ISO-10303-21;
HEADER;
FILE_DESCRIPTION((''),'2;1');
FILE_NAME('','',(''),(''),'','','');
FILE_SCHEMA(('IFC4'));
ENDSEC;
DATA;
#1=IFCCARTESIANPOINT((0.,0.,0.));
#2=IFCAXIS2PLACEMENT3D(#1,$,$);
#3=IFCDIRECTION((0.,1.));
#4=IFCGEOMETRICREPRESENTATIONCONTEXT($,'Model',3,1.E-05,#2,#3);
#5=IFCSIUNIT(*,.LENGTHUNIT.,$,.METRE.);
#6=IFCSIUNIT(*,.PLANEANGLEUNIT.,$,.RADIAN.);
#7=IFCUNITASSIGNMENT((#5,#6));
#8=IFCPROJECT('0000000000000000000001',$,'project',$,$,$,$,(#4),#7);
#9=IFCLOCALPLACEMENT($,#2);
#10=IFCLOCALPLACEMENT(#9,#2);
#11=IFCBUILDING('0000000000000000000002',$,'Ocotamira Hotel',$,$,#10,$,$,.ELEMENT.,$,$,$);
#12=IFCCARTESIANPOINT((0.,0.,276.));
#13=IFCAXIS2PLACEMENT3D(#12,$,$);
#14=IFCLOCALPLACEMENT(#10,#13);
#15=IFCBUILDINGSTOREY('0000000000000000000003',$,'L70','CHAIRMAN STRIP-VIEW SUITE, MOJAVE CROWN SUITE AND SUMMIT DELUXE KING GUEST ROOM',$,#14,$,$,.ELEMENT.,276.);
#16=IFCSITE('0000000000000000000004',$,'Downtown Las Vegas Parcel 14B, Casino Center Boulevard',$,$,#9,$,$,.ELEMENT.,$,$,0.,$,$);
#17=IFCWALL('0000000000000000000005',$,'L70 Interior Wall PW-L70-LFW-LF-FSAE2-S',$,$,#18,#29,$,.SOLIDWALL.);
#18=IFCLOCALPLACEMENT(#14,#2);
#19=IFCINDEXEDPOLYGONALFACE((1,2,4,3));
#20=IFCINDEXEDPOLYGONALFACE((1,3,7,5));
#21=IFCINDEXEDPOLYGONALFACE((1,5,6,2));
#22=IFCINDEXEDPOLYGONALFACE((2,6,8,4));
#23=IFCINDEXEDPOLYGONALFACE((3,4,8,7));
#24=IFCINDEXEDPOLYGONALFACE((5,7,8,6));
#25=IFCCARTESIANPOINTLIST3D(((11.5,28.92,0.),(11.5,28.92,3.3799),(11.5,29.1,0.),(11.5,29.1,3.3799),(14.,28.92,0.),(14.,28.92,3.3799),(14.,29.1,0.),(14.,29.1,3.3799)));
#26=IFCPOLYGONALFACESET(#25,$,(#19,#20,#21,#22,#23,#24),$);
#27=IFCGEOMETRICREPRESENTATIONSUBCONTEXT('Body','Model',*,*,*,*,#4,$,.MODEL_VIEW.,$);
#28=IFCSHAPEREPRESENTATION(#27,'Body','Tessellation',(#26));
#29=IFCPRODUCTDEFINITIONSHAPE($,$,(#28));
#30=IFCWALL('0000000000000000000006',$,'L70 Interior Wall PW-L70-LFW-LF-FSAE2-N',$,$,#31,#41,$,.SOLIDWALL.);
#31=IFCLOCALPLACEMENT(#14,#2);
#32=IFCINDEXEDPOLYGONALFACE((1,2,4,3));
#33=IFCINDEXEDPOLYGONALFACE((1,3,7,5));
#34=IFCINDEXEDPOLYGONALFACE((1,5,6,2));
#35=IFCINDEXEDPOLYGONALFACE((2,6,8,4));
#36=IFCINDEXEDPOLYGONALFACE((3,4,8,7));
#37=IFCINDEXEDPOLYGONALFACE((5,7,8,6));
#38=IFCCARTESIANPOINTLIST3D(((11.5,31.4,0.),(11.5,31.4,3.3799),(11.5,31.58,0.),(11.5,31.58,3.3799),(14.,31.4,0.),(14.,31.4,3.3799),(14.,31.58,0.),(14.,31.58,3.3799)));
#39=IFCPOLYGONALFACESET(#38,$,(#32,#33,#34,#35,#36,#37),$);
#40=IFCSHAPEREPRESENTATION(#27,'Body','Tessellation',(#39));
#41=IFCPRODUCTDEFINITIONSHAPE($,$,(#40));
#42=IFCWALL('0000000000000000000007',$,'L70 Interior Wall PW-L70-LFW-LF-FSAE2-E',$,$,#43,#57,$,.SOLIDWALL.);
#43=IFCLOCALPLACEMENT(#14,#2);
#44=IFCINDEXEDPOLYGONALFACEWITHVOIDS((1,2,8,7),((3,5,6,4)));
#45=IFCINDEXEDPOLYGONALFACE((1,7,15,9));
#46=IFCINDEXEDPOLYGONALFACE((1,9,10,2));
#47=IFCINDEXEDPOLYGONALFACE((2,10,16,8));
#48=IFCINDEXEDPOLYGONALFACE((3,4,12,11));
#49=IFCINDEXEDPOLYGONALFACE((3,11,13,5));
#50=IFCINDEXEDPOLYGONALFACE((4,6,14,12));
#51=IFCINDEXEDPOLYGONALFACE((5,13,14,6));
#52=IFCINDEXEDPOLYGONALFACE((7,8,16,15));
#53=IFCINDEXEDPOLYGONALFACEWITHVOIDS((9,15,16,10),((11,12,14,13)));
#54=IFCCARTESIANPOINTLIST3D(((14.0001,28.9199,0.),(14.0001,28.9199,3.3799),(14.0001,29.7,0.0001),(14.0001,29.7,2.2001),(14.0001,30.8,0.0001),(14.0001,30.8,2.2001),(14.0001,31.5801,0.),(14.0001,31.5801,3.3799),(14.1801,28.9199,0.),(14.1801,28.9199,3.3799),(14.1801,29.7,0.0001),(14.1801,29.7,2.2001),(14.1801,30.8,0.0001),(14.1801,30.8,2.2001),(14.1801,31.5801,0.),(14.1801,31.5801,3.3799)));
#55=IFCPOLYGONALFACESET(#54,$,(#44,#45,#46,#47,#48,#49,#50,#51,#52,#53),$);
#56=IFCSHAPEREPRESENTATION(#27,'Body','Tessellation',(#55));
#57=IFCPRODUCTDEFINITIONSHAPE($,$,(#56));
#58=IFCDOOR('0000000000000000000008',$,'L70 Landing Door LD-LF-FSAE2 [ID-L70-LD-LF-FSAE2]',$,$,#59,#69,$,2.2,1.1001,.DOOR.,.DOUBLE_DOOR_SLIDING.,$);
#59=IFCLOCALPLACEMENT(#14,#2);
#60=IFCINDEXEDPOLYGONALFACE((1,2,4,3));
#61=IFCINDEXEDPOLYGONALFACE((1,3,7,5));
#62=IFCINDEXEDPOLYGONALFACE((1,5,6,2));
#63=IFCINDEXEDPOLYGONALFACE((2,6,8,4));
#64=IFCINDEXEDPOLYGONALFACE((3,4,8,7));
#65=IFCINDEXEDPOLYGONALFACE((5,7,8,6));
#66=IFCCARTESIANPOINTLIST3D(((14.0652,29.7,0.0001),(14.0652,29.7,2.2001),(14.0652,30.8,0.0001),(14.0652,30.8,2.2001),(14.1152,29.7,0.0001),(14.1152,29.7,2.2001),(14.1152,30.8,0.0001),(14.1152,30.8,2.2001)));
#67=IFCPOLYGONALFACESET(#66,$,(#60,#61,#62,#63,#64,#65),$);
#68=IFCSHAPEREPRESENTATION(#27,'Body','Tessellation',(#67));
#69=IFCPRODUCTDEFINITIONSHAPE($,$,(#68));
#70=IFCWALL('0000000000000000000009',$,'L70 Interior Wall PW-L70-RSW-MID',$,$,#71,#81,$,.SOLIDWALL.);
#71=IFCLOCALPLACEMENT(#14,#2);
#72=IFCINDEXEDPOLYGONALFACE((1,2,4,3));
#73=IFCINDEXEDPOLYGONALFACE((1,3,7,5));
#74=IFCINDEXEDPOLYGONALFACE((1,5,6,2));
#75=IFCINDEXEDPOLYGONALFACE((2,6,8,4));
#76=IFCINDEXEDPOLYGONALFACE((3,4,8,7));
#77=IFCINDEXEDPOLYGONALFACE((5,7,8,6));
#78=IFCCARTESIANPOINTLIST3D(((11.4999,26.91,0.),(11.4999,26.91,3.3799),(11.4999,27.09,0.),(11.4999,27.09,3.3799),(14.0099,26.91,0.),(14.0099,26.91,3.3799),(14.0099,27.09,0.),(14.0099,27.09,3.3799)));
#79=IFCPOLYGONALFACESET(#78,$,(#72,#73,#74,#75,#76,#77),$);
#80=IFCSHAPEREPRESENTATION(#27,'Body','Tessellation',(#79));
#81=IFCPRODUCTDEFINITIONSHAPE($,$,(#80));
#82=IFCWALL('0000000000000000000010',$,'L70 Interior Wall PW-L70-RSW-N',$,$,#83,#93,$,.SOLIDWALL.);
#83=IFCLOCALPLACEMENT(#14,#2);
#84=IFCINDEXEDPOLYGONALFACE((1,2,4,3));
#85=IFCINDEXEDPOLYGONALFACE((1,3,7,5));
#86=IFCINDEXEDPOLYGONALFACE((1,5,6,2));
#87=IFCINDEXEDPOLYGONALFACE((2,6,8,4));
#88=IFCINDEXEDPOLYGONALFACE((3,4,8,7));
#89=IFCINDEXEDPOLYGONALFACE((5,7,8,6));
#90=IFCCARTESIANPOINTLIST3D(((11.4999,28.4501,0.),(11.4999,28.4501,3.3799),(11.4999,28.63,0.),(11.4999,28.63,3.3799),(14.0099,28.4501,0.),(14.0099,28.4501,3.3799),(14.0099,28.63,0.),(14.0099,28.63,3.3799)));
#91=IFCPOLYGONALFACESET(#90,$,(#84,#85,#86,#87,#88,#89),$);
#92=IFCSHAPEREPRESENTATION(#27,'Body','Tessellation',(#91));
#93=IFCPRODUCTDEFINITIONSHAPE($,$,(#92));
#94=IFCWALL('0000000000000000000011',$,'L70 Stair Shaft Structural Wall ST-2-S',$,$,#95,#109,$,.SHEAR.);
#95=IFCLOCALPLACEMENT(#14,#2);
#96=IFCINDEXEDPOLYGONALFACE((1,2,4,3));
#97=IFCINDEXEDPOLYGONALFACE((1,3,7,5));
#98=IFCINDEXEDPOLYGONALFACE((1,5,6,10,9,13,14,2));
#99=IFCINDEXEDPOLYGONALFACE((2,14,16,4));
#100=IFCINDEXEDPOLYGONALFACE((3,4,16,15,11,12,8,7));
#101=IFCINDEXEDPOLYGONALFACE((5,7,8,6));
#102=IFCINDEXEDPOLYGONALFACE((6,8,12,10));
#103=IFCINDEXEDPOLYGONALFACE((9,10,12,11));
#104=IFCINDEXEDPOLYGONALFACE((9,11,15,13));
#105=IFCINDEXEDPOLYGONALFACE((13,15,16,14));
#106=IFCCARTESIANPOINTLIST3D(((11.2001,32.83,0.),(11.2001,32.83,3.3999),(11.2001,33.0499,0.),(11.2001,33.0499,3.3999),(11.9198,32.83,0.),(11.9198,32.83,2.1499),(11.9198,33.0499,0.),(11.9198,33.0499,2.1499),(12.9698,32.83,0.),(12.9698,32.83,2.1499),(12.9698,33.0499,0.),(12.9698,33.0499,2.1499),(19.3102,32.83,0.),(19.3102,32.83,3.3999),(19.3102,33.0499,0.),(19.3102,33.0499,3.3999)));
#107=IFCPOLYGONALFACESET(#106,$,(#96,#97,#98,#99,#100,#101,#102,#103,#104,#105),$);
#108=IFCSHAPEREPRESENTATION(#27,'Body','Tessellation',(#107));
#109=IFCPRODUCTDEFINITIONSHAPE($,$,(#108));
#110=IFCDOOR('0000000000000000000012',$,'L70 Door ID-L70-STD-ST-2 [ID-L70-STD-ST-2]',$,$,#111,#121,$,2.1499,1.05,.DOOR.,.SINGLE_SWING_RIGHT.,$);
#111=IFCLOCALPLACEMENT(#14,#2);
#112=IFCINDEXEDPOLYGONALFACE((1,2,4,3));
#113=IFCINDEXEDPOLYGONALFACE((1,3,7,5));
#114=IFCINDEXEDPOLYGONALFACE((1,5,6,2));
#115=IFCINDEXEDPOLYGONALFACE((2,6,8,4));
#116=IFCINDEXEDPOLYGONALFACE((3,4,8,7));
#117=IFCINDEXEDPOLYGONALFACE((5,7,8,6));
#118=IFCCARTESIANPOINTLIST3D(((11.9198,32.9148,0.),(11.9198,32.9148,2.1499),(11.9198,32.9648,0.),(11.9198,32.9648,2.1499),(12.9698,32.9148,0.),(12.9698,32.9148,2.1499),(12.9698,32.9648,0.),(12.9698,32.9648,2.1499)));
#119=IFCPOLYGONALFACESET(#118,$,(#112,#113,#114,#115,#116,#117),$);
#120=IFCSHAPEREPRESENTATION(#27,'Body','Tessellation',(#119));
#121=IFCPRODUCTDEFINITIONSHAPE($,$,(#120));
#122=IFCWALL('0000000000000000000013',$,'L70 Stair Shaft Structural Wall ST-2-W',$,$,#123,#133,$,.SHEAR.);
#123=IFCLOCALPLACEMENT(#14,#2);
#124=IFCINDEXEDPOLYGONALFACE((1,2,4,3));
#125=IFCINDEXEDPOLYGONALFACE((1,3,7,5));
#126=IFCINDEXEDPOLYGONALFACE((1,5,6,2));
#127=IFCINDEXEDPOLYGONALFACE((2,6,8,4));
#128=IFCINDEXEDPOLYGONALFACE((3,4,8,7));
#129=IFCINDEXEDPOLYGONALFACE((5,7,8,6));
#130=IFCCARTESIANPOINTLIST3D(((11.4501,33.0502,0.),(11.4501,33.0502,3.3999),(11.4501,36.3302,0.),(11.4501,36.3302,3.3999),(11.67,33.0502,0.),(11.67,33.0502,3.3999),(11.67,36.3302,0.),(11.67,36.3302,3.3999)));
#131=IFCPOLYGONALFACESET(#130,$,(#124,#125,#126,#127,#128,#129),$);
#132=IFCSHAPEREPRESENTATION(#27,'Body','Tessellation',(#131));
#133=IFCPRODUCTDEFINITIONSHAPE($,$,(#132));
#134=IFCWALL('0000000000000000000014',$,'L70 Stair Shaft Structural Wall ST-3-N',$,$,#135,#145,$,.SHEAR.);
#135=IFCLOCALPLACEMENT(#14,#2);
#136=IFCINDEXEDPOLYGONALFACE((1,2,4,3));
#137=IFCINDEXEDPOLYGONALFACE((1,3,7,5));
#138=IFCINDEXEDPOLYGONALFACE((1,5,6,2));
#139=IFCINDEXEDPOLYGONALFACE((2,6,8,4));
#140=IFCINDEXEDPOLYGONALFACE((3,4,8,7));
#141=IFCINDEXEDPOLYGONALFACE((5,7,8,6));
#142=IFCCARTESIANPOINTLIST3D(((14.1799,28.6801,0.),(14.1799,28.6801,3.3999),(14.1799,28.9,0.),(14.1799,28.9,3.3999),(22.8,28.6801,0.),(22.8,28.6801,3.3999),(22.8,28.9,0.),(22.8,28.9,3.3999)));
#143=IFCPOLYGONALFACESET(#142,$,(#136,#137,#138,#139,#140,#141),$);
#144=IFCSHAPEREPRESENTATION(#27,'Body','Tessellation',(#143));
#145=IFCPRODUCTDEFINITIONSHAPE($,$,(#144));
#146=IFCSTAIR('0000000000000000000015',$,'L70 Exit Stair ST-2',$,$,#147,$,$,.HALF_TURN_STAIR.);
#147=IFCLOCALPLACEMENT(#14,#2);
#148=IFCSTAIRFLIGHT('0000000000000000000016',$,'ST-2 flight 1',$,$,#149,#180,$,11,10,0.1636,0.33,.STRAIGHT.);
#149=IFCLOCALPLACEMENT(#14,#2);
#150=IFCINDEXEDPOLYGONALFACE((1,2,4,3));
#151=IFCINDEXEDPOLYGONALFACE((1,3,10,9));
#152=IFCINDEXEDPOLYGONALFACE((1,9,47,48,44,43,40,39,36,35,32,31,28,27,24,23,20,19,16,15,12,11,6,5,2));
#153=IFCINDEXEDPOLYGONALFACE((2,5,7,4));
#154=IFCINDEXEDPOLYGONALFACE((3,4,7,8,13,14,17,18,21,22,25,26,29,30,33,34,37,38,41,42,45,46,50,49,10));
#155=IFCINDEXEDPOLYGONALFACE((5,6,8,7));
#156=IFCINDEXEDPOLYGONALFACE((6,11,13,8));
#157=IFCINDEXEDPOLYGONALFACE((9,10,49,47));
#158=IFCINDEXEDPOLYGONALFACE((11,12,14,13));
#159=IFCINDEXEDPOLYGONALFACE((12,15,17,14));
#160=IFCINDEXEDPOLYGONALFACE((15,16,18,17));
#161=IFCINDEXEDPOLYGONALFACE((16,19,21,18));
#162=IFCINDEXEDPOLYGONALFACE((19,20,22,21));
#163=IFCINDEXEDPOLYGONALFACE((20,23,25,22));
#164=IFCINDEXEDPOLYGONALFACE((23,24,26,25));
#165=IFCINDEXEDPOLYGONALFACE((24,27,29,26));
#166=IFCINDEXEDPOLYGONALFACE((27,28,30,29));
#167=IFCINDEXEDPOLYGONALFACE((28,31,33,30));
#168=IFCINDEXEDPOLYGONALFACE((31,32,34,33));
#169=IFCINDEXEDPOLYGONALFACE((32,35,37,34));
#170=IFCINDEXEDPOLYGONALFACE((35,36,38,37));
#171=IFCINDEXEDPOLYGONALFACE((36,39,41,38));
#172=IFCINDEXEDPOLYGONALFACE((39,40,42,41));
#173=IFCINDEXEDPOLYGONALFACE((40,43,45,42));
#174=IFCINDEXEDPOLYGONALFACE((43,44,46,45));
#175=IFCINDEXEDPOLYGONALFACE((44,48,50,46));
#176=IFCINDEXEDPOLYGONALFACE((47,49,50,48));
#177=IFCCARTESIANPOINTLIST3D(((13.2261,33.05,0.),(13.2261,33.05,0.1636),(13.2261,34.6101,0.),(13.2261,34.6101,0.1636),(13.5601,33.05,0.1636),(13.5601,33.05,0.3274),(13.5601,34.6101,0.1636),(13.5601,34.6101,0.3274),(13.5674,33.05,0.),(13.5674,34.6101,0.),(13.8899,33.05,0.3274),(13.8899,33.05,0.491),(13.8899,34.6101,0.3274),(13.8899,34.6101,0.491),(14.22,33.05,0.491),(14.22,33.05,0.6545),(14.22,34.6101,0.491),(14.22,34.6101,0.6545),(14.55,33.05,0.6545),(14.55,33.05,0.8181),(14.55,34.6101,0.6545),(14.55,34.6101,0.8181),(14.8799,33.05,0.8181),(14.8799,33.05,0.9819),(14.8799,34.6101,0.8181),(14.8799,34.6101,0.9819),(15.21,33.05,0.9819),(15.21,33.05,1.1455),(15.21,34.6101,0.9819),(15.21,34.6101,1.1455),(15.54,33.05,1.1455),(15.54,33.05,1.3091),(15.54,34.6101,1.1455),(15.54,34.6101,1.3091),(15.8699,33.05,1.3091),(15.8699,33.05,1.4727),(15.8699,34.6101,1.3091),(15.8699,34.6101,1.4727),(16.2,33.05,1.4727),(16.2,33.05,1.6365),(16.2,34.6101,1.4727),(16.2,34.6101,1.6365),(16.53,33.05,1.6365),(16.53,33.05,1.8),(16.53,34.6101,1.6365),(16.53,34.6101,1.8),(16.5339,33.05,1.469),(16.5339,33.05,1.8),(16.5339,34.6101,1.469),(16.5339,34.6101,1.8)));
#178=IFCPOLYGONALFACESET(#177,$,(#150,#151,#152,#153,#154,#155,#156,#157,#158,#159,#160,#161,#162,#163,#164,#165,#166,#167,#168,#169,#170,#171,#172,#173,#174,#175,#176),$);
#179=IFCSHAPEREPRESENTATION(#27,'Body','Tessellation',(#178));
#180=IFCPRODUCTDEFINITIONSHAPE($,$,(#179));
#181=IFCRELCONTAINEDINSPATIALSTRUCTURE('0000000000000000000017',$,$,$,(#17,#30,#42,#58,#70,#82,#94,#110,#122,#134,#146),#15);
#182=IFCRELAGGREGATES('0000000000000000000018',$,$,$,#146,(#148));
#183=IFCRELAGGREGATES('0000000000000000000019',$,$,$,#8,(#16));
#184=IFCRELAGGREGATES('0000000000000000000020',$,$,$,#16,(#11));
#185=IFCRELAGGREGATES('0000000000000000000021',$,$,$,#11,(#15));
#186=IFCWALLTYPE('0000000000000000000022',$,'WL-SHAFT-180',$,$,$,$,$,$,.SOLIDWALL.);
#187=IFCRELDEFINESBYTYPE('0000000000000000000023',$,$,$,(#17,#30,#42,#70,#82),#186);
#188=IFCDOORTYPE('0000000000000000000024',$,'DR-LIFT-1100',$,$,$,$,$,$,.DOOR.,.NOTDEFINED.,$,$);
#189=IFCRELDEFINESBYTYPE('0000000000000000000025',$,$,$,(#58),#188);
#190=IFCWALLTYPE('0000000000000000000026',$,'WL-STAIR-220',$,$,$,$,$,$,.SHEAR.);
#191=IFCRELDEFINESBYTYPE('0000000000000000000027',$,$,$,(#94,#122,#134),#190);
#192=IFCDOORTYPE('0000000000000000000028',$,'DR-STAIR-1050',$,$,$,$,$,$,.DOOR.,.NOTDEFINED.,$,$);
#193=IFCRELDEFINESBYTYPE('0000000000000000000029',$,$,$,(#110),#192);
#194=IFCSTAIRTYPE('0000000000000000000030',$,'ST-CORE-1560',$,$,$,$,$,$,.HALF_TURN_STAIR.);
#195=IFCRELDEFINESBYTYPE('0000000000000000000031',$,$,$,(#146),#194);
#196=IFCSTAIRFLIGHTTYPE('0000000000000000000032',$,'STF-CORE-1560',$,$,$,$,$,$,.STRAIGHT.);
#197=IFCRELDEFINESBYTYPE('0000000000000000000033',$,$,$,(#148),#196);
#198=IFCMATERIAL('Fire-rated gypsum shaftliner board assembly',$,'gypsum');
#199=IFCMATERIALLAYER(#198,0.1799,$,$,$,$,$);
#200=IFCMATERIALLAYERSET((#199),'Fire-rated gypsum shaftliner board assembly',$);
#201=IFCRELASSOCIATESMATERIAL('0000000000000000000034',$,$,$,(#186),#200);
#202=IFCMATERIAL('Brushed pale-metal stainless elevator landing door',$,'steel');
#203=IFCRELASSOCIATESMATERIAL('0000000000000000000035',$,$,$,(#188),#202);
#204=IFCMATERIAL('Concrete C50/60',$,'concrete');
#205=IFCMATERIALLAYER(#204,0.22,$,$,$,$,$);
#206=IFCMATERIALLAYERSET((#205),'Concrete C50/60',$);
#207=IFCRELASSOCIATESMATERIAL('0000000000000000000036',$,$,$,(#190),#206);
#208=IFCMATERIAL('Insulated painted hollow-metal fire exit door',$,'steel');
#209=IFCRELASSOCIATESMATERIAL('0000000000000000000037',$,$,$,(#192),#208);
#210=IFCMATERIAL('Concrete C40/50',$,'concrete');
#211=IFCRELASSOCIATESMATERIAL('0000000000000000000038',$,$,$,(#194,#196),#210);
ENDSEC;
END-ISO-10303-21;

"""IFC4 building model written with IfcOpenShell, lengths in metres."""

from ifc_helpers import new_model, si_unit, direction, frame, frame_2d, origin, place, context, subcontext, project, spatial, polyline, rectangle, outline, extrude, source, transform, mapped, material, layer, layer_set, type_object, element, fill, aggregate, save


model = new_model("IFC4")

# Units and contexts
model_context = context("Model", 3, precision=1e-05, world=origin(), true_north=direction((0.0, 1.0)))
body_context = subcontext(model_context, "Body", "Model", "MODEL_VIEW")
ifc_project = project(units=[si_unit("LENGTHUNIT", "METRE"), si_unit("PLANEANGLEUNIT", "RADIAN")], contexts=[model_context])

# Site, building, storey
site_placement = place(None, origin())
site = spatial("IfcSite", under=ifc_project, at=site_placement, Name="Downtown Las Vegas Parcel 14B, Casino Center Boulevard", CompositionType="ELEMENT", RefElevation=0.0)
building_placement = place(site_placement, origin())
building = spatial("IfcBuilding", under=site, at=building_placement, Name="Ocotamira Hotel", CompositionType="ELEMENT")
storey_placement = place(building_placement, frame((0.0, 0.0, 276.0)))
storey = spatial("IfcBuildingStorey", under=building, at=storey_placement, Name="L70", Description="CHAIRMAN STRIP-VIEW SUITE, MOJAVE CROWN SUITE AND SUMMIT DELUXE KING GUEST ROOM", CompositionType="ELEMENT", Elevation=276.0)

# Walls
ifc_material_1 = material(Name="Fire-rated gypsum shaftliner board assembly", Category="gypsum")
ifc_layer_1 = layer(ifc_material_1, 0.1799)
ifc_layer_set_1 = layer_set([ifc_layer_1], Name="Fire-rated gypsum shaftliner board assembly")
wall_type_1 = type_object("IfcWallType", Name="WL-SHAFT-180", PredefinedType="SOLIDWALL", material=ifc_layer_set_1)
for number, where, z_axis, x_axis, name in (
    (1, (11.5, 29.01, 0.0), (0.0, 0.0, 1.0), (1.0, 0.0, 0.0), "L70 Interior Wall PW-L70-LFW-LF-FSAE2-S"),
    (2, (11.5, 31.49, 0.0), (0.0, 0.0, 1.0), (1.0, 0.0, 0.0), "L70 Interior Wall PW-L70-LFW-LF-FSAE2-N"),
):
    element("IfcWall", number, at=place(storey_placement, frame(where, z_axis=z_axis, x_axis=x_axis)), inside=storey, type_object=wall_type_1, Name=name, PredefinedType="SOLIDWALL", context=body_context, shape_type="SweptSolid", body=[
        extrude(rectangle(XDim=2.5, YDim=0.1799, at=frame_2d((1.25, 0.0))), origin(), (0.0, 0.0, 1.0), 3.3799),
    ])

# Wall, opening, door
wall_1_placement = place(storey_placement, frame((14.0901, 28.9199, 0.0), z_axis=(0.0, 0.0, 1.0), x_axis=(0.0, 1.0, 0.0)))
wall_1 = element("IfcWall", 3, at=wall_1_placement, inside=storey, type_object=wall_type_1, Name="L70 Interior Wall PW-L70-LFW-LF-FSAE2-E", PredefinedType="SOLIDWALL", context=body_context, shape_type="SweptSolid", body=[
    extrude(rectangle(XDim=2.6602, YDim=0.1799, at=frame_2d((1.3301, 0.0))), origin(), (0.0, 0.0, 1.0), 3.3799),
])
opening_1_placement = place(wall_1_placement, frame((0.78, 0.0, 0.0)))
opening_1 = element("IfcOpeningElement", 4, at=opening_1_placement, cuts=wall_1, PredefinedType="OPENING", context=body_context, shape_type="SweptSolid", body=[
    extrude(rectangle(XDim=1.1001, YDim=2.2, at=frame_2d((0.55, 1.1001))), frame((0.0, 0.1001, 0.0), z_axis=(0.0, -1.0, 0.0), x_axis=(1.0, 0.0, 0.0)), (0.0, 0.0, 1.0), 0.2),
])
ifc_material_2 = material(Name="Brushed pale-metal stainless elevator landing door", Category="steel")
door_type_1 = type_object("IfcDoorType", Name="DR-LIFT-1100", OperationType="NOTDEFINED", PredefinedType="DOOR", material=ifc_material_2)
shared_shape_1 = source(origin(), body_context, "Body", "SweptSolid", [
    extrude(rectangle(XDim=1.1001, YDim=2.2, at=frame_2d((0.55, 1.1001))), frame((0.0, 0.0249, 0.0), z_axis=(0.0, -1.0, 0.0), x_axis=(1.0, 0.0, 0.0)), (0.0, 0.0, 1.0), 0.05),
])
door_1_placement = place(opening_1_placement, origin())
door_1 = element("IfcDoor", 5, at=door_1_placement, inside=storey, type_object=door_type_1, Name="L70 Landing Door LD-LF-FSAE2 [ID-L70-LD-LF-FSAE2]", OperationType="DOUBLE_DOOR_SLIDING", OverallHeight=2.2, OverallWidth=1.1001, PredefinedType="DOOR", context=body_context, shape_type="MappedRepresentation", body=[
    mapped(shared_shape_1, transform((0.0, 0.0, 0.0), scale=1.0)),
])
fill(opening_1, door_1)

# Walls
for number, where, z_axis, x_axis, name in (
    (6, (11.5, 27.0, 0.0), (0.0, 0.0, 1.0), (1.0, 0.0, 0.0), "L70 Interior Wall PW-L70-RSW-MID"),
    (7, (11.5, 28.54, 0.0), (0.0, 0.0, 1.0), (1.0, 0.0, 0.0), "L70 Interior Wall PW-L70-RSW-N"),
):
    element("IfcWall", number, at=place(storey_placement, frame(where, z_axis=z_axis, x_axis=x_axis)), inside=storey, type_object=wall_type_1, Name=name, PredefinedType="SOLIDWALL", context=body_context, shape_type="SweptSolid", body=[
        extrude(rectangle(XDim=2.51, YDim=0.1799, at=frame_2d((1.2549, 0.0))), origin(), (0.0, 0.0, 1.0), 3.3799),
    ])

# Wall, opening, door
ifc_material_3 = material(Name="Concrete C50/60", Category="concrete")
ifc_layer_2 = layer(ifc_material_3, 0.22)
ifc_layer_set_2 = layer_set([ifc_layer_2], Name="Concrete C50/60")
wall_type_2 = type_object("IfcWallType", Name="WL-STAIR-220", PredefinedType="SHEAR", material=ifc_layer_set_2)
wall_2_placement = place(storey_placement, frame((11.2, 32.9399, 0.0), z_axis=(0.0, 0.0, 1.0), x_axis=(1.0, 0.0, 0.0)))
wall_2 = element("IfcWall", 8, at=wall_2_placement, inside=storey, type_object=wall_type_2, Name="L70 Stair Shaft Structural Wall ST-2-S", PredefinedType="SHEAR", context=body_context, shape_type="SweptSolid", body=[
    extrude(rectangle(XDim=8.1101, YDim=0.22, at=frame_2d((4.0552, 0.0))), origin(), (0.0, 0.0, 1.0), 3.3999),
])
opening_2_placement = place(wall_2_placement, frame((0.72, 0.0, 0.0)))
opening_2 = element("IfcOpeningElement", 9, at=opening_2_placement, cuts=wall_2, PredefinedType="OPENING", context=body_context, shape_type="SweptSolid", body=[
    extrude(rectangle(XDim=1.05, YDim=2.1499, at=frame_2d((0.5249, 1.075))), frame((0.0, 0.1201, 0.0), z_axis=(0.0, -1.0, 0.0), x_axis=(1.0, 0.0, 0.0)), (0.0, 0.0, 1.0), 0.24),
])
ifc_material_4 = material(Name="Insulated painted hollow-metal fire exit door", Category="steel")
door_type_2 = type_object("IfcDoorType", Name="DR-STAIR-1050", OperationType="NOTDEFINED", PredefinedType="DOOR", material=ifc_material_4)
shared_shape_2 = source(origin(), body_context, "Body", "SweptSolid", [
    extrude(rectangle(XDim=1.05, YDim=2.1499, at=frame_2d((0.5249, 1.075))), frame((0.0, 0.0249, 0.0), z_axis=(0.0, -1.0, 0.0), x_axis=(1.0, 0.0, 0.0)), (0.0, 0.0, 1.0), 0.05),
])
door_2_placement = place(opening_2_placement, origin())
door_2 = element("IfcDoor", 10, at=door_2_placement, inside=storey, type_object=door_type_2, Name="L70 Door ID-L70-STD-ST-2 [ID-L70-STD-ST-2]", OperationType="SINGLE_SWING_RIGHT", OverallHeight=2.1499, OverallWidth=1.05, PredefinedType="DOOR", context=body_context, shape_type="MappedRepresentation", body=[
    mapped(shared_shape_2, transform((0.0, 0.0, 0.0), scale=1.0)),
])
fill(opening_2, door_2)

# Walls
wall_3_placement = place(storey_placement, frame((11.5601, 33.05, 0.0), z_axis=(0.0, 0.0, 1.0), x_axis=(0.0, 1.0, 0.0)))
element("IfcWall", 11, at=wall_3_placement, inside=storey, type_object=wall_type_2, Name="L70 Stair Shaft Structural Wall ST-2-W", PredefinedType="SHEAR", context=body_context, shape_type="SweptSolid", body=[
    extrude(rectangle(XDim=3.28, YDim=0.22, at=frame_2d((1.6401, 0.0))), origin(), (0.0, 0.0, 1.0), 3.3999),
])
wall_4_placement = place(storey_placement, frame((14.1799, 28.79, 0.0), z_axis=(0.0, 0.0, 1.0), x_axis=(1.0, 0.0, 0.0)))
element("IfcWall", 12, at=wall_4_placement, inside=storey, type_object=wall_type_2, Name="L70 Stair Shaft Structural Wall ST-3-N", PredefinedType="SHEAR", context=body_context, shape_type="SweptSolid", body=[
    extrude(rectangle(XDim=8.6201, YDim=0.22, at=frame_2d((4.3101, 0.0))), origin(), (0.0, 0.0, 1.0), 3.3999),
])

# Stair, stair flight
ifc_material_5 = material(Name="Concrete C40/50", Category="concrete")
stair_type = type_object("IfcStairType", Name="ST-CORE-1560", PredefinedType="HALF_TURN_STAIR", material=ifc_material_5)
stair_1_placement = place(storey_placement, origin())
stair_1 = element("IfcStair", 13, at=stair_1_placement, inside=storey, type_object=stair_type, Name="L70 Exit Stair ST-2", PredefinedType="HALF_TURN_STAIR")
stair_flight_type = type_object("IfcStairFlightType", Name="STF-CORE-1560", PredefinedType="STRAIGHT", material=ifc_material_5)
shared_shape_3 = source(origin(), body_context, "Body", "SweptSolid", [
    extrude(outline(polyline([(-0.0039, 0.0), (-0.0039, 0.1636), (0.3301, 0.1636), (0.3301, 0.3274), (0.6599, 0.3274), (0.6599, 0.491), (0.99, 0.491), (0.99, 0.6545), (1.3201, 0.6545), (1.3201, 0.8181), (1.6499, 0.8181), (1.6499, 0.9819), (1.98, 0.9819), (1.98, 1.1455), (2.3101, 1.1455), (2.3101, 1.3091), (2.6399, 1.3091), (2.6399, 1.4727), (2.97, 1.4727), (2.97, 1.6365), (3.3, 1.6365), (3.3, 1.8), (3.304, 1.8), (3.304, 1.469), (0.3374, 0.0), (-0.0039, 0.0)])), frame((0.0, 0.78, 0.0), z_axis=(0.0, -1.0, 0.0), x_axis=(1.0, 0.0, 0.0)), (0.0, 0.0, 1.0), 1.5601),
])
stair_flight_1_placement = place(storey_placement, frame((13.23, 33.8301, 0.0), z_axis=(0.0, 0.0, 1.0), x_axis=(1.0, 0.0, 0.0)))
stair_flight_1 = element("IfcStairFlight", 14, at=stair_flight_1_placement, type_object=stair_flight_type, Name="ST-2 flight 1", NumberOfRisers=11, NumberOfTreads=10, PredefinedType="STRAIGHT", RiserHeight=0.1636, TreadLength=0.33, context=body_context, shape_type="MappedRepresentation", body=[
    mapped(shared_shape_3, transform((0.0, 0.0, 0.0), scale=1.0)),
])
aggregate(stair_1, [stair_flight_1])

save(model, "model.ifc")
